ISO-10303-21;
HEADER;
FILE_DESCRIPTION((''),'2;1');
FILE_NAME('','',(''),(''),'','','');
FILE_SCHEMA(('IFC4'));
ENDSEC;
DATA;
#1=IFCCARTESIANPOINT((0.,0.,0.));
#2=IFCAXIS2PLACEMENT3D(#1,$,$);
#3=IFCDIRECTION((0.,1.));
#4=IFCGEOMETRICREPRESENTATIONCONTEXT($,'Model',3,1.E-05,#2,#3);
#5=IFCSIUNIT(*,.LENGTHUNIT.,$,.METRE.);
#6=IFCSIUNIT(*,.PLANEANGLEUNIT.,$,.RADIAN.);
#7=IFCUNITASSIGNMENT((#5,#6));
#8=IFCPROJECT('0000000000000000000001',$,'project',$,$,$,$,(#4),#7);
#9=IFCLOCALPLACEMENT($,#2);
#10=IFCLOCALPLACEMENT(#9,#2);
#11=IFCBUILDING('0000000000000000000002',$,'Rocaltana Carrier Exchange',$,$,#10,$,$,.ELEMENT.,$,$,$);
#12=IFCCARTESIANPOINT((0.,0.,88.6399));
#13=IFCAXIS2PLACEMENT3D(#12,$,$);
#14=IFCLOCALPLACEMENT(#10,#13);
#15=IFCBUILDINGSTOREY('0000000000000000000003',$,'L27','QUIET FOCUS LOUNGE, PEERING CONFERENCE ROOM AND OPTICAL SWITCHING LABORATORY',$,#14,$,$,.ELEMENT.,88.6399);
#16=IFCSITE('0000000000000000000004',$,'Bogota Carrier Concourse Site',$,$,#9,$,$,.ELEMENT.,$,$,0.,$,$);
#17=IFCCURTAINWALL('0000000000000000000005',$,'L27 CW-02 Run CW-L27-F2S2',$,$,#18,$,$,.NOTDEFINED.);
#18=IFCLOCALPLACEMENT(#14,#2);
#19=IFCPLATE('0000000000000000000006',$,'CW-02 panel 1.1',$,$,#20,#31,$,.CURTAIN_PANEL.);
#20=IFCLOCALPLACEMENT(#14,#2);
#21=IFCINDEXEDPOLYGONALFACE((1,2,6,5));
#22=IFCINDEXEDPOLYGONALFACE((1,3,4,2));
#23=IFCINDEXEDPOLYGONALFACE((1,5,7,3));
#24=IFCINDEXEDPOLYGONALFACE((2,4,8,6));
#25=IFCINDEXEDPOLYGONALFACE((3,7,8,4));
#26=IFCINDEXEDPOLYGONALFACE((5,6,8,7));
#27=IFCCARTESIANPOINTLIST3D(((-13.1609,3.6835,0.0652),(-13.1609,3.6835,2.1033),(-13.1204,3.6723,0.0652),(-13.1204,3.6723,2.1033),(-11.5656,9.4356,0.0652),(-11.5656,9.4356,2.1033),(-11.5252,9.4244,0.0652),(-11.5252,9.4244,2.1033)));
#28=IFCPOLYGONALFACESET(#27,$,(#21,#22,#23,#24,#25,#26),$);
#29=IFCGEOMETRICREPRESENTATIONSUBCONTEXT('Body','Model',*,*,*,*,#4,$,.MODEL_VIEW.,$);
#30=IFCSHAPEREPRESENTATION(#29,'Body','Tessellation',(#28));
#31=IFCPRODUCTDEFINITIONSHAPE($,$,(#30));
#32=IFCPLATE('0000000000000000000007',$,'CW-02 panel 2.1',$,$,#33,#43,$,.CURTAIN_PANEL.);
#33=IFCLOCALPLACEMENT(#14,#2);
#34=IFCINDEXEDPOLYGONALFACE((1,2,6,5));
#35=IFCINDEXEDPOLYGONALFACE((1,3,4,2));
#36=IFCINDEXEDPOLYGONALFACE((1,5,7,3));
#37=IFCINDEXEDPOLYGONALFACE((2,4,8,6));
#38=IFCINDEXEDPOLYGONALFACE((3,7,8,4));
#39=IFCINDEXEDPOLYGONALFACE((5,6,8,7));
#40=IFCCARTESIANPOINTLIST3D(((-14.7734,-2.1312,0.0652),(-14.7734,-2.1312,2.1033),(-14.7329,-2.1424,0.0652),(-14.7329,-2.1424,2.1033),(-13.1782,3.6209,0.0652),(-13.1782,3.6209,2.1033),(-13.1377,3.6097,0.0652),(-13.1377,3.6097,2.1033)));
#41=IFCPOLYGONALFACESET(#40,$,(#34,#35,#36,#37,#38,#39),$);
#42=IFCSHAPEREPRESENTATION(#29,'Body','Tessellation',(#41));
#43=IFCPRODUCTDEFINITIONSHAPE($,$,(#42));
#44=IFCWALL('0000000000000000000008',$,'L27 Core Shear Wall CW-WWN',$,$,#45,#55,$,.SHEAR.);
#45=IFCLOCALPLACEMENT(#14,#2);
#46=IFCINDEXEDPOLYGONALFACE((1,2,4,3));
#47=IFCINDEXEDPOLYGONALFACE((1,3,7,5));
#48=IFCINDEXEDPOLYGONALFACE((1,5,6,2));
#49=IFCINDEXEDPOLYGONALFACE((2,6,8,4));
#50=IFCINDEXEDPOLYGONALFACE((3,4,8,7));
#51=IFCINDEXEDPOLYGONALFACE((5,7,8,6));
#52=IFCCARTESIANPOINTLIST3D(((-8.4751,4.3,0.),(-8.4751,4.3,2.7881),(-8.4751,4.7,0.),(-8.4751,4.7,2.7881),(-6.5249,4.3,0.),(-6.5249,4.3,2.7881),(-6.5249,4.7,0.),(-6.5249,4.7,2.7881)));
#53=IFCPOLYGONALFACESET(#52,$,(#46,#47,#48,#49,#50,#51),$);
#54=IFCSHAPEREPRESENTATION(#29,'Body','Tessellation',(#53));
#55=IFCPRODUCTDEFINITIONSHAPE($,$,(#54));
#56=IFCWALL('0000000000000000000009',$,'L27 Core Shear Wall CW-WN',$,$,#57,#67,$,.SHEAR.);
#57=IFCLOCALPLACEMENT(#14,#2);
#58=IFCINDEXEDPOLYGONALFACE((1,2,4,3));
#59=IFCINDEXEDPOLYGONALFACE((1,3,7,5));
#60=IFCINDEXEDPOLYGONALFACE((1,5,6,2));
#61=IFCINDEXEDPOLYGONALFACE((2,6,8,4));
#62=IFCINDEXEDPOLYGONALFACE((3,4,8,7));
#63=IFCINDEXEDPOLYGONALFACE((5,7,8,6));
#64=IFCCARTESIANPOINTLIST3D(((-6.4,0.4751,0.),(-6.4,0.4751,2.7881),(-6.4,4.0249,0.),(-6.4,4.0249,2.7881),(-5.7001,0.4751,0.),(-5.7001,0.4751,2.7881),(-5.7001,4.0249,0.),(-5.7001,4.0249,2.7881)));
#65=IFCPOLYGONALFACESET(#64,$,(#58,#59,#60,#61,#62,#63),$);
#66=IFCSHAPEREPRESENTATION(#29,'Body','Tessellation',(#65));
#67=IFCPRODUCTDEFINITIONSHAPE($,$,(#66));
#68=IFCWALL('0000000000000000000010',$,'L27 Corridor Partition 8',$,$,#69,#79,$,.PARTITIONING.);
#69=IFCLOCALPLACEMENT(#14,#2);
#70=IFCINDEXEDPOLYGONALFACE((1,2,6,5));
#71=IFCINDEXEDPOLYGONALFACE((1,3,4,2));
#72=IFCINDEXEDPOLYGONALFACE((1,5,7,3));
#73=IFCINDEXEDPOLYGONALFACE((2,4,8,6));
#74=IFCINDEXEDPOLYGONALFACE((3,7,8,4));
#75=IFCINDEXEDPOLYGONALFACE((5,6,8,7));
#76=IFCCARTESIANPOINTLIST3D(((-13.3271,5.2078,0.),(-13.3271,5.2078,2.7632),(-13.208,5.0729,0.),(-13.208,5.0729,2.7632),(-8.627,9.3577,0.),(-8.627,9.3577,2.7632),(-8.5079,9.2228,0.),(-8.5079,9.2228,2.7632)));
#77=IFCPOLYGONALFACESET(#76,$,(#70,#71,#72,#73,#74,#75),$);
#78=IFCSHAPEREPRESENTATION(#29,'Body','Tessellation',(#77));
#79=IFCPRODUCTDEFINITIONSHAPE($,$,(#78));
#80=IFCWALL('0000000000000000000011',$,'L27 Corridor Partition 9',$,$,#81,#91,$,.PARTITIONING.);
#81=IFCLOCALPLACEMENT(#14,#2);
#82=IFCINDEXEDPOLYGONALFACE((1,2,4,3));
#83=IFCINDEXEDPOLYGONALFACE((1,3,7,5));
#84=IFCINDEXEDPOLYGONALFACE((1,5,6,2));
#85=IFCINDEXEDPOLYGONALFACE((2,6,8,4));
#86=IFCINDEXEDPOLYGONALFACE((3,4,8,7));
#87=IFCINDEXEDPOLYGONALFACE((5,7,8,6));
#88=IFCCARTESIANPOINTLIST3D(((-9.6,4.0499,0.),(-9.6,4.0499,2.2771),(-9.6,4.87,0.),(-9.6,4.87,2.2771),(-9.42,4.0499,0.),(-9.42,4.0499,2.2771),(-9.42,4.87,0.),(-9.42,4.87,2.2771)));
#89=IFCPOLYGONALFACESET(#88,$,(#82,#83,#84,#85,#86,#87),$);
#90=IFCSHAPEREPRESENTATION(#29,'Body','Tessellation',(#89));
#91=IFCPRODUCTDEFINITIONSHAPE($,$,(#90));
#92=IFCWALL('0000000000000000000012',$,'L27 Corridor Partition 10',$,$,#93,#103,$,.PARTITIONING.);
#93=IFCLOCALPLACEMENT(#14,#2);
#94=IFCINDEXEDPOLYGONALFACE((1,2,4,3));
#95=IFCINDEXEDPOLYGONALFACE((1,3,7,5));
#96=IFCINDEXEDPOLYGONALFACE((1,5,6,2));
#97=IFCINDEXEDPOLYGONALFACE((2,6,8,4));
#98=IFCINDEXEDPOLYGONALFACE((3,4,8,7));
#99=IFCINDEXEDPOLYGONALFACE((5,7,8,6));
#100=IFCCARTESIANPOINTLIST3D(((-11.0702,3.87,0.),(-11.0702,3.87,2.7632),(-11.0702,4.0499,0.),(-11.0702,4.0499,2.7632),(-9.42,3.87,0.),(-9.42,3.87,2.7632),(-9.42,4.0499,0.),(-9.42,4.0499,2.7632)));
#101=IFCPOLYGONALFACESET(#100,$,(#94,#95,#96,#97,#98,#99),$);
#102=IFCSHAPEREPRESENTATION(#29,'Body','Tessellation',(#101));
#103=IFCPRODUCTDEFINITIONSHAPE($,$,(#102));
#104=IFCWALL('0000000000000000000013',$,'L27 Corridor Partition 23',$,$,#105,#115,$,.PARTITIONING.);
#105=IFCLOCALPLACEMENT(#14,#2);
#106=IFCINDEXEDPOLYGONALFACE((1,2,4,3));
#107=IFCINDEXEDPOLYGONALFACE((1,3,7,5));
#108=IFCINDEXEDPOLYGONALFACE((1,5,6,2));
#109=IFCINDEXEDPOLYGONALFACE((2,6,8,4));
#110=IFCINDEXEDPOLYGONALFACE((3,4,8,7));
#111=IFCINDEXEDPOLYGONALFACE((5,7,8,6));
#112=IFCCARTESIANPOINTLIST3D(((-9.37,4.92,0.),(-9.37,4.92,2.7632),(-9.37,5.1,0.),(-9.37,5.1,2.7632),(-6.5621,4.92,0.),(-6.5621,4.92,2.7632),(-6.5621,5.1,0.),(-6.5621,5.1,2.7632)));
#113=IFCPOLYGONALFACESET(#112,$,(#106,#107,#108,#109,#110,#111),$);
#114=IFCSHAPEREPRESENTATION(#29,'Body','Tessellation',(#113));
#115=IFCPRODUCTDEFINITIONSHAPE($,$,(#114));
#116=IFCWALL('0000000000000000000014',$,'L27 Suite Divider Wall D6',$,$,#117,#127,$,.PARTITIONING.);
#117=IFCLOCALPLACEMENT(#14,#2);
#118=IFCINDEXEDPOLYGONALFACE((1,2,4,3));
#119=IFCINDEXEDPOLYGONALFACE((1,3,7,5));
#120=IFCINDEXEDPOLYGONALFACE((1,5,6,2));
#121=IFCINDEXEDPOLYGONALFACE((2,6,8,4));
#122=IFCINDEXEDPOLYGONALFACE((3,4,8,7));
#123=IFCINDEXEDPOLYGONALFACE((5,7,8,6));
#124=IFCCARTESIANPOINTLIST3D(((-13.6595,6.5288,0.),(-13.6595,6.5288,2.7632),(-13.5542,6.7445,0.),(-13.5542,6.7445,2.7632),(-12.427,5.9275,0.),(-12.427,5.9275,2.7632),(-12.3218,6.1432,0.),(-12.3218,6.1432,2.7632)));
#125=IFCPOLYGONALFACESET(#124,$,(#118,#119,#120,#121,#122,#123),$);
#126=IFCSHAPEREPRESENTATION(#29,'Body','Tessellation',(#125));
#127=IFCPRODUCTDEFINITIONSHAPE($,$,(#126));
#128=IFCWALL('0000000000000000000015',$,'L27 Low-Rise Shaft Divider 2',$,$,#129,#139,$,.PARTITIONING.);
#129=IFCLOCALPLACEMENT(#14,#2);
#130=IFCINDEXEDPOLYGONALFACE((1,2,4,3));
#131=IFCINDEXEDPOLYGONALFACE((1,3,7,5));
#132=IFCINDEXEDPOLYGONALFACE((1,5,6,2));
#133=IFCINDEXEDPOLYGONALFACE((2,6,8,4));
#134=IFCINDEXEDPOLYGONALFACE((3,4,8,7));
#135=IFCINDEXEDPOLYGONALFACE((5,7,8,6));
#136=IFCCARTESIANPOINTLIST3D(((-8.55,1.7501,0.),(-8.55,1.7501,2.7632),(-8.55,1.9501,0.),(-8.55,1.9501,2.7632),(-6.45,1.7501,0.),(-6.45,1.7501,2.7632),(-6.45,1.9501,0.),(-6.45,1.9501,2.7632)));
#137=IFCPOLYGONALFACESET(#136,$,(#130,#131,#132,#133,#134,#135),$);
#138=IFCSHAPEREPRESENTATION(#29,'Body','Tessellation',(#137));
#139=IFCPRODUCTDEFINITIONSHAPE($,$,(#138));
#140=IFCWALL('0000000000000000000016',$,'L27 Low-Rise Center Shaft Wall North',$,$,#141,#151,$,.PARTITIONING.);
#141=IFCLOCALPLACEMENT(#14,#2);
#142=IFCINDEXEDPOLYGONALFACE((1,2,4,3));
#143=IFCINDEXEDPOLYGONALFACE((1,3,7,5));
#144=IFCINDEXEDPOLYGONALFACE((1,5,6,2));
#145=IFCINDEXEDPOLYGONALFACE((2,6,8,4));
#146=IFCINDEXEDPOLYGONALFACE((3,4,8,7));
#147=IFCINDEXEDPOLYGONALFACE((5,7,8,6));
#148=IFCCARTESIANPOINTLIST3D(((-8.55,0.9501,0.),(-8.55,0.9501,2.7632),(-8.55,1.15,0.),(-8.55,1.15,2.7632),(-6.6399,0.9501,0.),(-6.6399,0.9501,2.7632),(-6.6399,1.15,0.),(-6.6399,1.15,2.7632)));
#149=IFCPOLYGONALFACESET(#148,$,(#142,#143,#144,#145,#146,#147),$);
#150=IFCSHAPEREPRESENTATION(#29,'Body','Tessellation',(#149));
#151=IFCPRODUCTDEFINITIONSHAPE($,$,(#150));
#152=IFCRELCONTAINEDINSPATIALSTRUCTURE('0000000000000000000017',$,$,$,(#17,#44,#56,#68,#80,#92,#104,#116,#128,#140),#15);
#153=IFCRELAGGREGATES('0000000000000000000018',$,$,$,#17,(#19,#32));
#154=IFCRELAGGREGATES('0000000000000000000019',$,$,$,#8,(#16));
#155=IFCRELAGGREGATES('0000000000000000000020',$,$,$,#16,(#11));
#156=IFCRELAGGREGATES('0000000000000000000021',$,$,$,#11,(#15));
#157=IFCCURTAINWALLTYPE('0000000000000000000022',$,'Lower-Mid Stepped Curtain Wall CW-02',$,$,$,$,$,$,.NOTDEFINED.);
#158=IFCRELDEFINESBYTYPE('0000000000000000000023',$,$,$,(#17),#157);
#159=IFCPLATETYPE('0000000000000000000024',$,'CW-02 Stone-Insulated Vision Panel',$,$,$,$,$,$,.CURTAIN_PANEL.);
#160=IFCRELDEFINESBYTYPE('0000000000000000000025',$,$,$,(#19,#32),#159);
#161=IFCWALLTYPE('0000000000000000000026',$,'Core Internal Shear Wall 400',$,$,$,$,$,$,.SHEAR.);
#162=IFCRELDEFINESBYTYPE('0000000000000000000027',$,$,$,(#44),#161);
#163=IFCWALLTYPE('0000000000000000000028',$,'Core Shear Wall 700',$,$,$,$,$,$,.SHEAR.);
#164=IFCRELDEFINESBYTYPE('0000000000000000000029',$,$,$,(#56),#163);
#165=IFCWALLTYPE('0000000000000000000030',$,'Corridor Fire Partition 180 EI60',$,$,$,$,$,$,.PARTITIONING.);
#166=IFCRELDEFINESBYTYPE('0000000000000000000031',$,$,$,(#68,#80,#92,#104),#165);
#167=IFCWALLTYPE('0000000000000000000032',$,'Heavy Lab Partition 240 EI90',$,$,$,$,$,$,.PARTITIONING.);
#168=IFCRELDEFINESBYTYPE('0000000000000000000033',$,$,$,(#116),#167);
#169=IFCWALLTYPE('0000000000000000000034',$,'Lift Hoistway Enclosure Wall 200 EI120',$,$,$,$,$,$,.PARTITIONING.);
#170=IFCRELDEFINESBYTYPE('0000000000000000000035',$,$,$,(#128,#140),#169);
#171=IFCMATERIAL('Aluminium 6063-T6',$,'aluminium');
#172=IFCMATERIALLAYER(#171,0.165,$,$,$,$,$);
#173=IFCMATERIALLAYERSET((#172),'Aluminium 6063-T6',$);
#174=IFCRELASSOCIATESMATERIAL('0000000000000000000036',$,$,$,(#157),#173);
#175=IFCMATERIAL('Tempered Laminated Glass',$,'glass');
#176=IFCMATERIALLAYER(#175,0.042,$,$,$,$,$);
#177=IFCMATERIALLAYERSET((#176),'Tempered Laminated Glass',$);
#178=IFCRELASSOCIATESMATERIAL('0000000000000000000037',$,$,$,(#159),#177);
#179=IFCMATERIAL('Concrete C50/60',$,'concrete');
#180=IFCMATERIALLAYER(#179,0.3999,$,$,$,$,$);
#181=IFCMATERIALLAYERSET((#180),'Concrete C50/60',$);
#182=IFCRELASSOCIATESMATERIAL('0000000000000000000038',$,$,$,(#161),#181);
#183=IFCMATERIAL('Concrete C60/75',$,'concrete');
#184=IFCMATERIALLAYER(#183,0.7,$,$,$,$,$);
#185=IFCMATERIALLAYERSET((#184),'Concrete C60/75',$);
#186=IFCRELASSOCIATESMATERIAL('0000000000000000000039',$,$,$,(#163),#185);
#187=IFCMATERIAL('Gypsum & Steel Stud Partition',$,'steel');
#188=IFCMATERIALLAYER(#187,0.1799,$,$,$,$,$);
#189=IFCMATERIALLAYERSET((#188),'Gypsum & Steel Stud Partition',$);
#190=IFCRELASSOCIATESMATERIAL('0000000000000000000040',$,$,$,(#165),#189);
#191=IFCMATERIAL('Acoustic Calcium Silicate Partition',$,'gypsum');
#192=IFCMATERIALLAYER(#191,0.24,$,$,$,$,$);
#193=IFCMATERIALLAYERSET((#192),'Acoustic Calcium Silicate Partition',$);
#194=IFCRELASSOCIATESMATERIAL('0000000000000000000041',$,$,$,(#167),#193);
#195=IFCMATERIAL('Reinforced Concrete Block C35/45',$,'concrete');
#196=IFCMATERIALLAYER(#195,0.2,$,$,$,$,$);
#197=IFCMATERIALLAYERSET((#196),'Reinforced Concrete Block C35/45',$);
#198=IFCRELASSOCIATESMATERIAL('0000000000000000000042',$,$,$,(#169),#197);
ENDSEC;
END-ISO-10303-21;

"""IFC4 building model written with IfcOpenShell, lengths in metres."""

from ifc_helpers import new_model, si_unit, direction, frame, frame_2d, origin, origin_2d, place, context, subcontext, project, spatial, rectangle, extrude, material, layer, layer_set, type_object, element, aggregate, save


model = new_model("IFC4")

# Units and contexts
model_context = context("Model", 3, precision=1e-05, world=origin(), true_north=direction((0.0, 1.0)))
body_context = subcontext(model_context, "Body", "Model", "MODEL_VIEW")
ifc_project = project(units=[si_unit("LENGTHUNIT", "METRE"), si_unit("PLANEANGLEUNIT", "RADIAN")], contexts=[model_context])

# Site, building, storey
site_placement = place(None, origin())
site = spatial("IfcSite", under=ifc_project, at=site_placement, Name="Bogota Carrier Concourse Site", CompositionType="ELEMENT", RefElevation=0.0)
building_placement = place(site_placement, origin())
building = spatial("IfcBuilding", under=site, at=building_placement, Name="Rocaltana Carrier Exchange", CompositionType="ELEMENT")
storey_placement = place(building_placement, frame((0.0, 0.0, 88.6399)))
storey = spatial("IfcBuildingStorey", under=building, at=storey_placement, Name="L27", Description="QUIET FOCUS LOUNGE, PEERING CONFERENCE ROOM AND OPTICAL SWITCHING LABORATORY", CompositionType="ELEMENT", Elevation=88.6399)

# Curtain wall
ifc_material_1 = material(Name="Aluminium 6063-T6", Category="aluminium")
ifc_layer_1 = layer(ifc_material_1, 0.165)
ifc_layer_set_1 = layer_set([ifc_layer_1], Name="Aluminium 6063-T6")
curtain_wall_type = type_object("IfcCurtainWallType", Name="Lower-Mid Stepped Curtain Wall CW-02", PredefinedType="NOTDEFINED", material=ifc_layer_set_1)
curtain_wall_placement = place(storey_placement, origin())
curtain_wall = element("IfcCurtainWall", 1, at=curtain_wall_placement, inside=storey, type_object=curtain_wall_type, Name="L27 CW-02 Run CW-L27-F2S2", PredefinedType="NOTDEFINED")

# Plates
ifc_material_2 = material(Name="Tempered Laminated Glass", Category="glass")
ifc_layer_2 = layer(ifc_material_2, 0.042)
ifc_layer_set_2 = layer_set([ifc_layer_2], Name="Tempered Laminated Glass")
plate_type = type_object("IfcPlateType", Name="CW-02 Stone-Insulated Vision Panel", PredefinedType="CURTAIN_PANEL", material=ifc_layer_set_2)
plate_1_placement = place(storey_placement, frame((-12.343, 6.554, 0.0652), z_axis=(0.0, 0.0, 1.0), x_axis=(-0.267238, -0.963631, 0.0)))
plate_1 = element("IfcPlate", 2, at=plate_1_placement, type_object=plate_type, Name="CW-02 panel 1.1", PredefinedType="CURTAIN_PANEL", context=body_context, shape_type="SweptSolid", body=[
    extrude(rectangle(XDim=5.9692, YDim=0.042, at=origin_2d()), origin(), (0.0, 0.0, 1.0), 2.0381),
])
plate_2_placement = place(storey_placement, frame((-13.9556, 0.7393, 0.0652), z_axis=(0.0, 0.0, 1.0), x_axis=(-0.267238, -0.963631, 0.0)))
plate_2 = element("IfcPlate", 3, at=plate_2_placement, type_object=plate_type, Name="CW-02 panel 2.1", PredefinedType="CURTAIN_PANEL", context=body_context, shape_type="SweptSolid", body=[
    extrude(rectangle(XDim=5.9692, YDim=0.042, at=origin_2d()), origin(), (0.0, 0.0, 1.0), 2.0381),
])
aggregate(curtain_wall, [plate_1, plate_2])

# Walls
ifc_material_3 = material(Name="Concrete C50/60", Category="concrete")
ifc_layer_3 = layer(ifc_material_3, 0.3999)
ifc_layer_set_3 = layer_set([ifc_layer_3], Name="Concrete C50/60")
wall_type_1 = type_object("IfcWallType", Name="Core Internal Shear Wall 400", PredefinedType="SHEAR", material=ifc_layer_set_3)
wall_1_placement = place(storey_placement, frame((-8.4751, 4.5, 0.0), z_axis=(0.0, 0.0, 1.0), x_axis=(1.0, 0.0, 0.0)))
element("IfcWall", 4, at=wall_1_placement, inside=storey, type_object=wall_type_1, Name="L27 Core Shear Wall CW-WWN", PredefinedType="SHEAR", context=body_context, shape_type="SweptSolid", body=[
    extrude(rectangle(XDim=1.9502, YDim=0.3999, at=frame_2d((0.9751, 0.0))), origin(), (0.0, 0.0, 1.0), 2.7881),
])
ifc_material_4 = material(Name="Concrete C60/75", Category="concrete")
ifc_layer_4 = layer(ifc_material_4, 0.7)
ifc_layer_set_4 = layer_set([ifc_layer_4], Name="Concrete C60/75")
wall_type_2 = type_object("IfcWallType", Name="Core Shear Wall 700", PredefinedType="SHEAR", material=ifc_layer_set_4)
wall_2_placement = place(storey_placement, frame((-6.05, 0.4751, 0.0), z_axis=(0.0, 0.0, 1.0), x_axis=(0.0, 1.0, 0.0)))
element("IfcWall", 5, at=wall_2_placement, inside=storey, type_object=wall_type_2, Name="L27 Core Shear Wall CW-WN", PredefinedType="SHEAR", context=body_context, shape_type="SweptSolid", body=[
    extrude(rectangle(XDim=3.5498, YDim=0.7, at=frame_2d((1.7749, 0.0))), origin(), (0.0, 0.0, 1.0), 2.7881),
])
ifc_material_5 = material(Name="Gypsum & Steel Stud Partition", Category="steel")
ifc_layer_5 = layer(ifc_material_5, 0.1799)
ifc_layer_set_5 = layer_set([ifc_layer_5], Name="Gypsum & Steel Stud Partition")
wall_type_3 = type_object("IfcWallType", Name="Corridor Fire Partition 180 EI60", PredefinedType="PARTITIONING", material=ifc_layer_set_5)
wall_3_placement = place(storey_placement, frame((-13.2676, 5.1404, 0.0), z_axis=(0.0, 0.0, 1.0), x_axis=(0.749626, 0.661861, 0.0)))
element("IfcWall", 6, at=wall_3_placement, inside=storey, type_object=wall_type_3, Name="L27 Corridor Partition 8", PredefinedType="PARTITIONING", context=body_context, shape_type="SweptSolid", body=[
    extrude(rectangle(XDim=6.27, YDim=0.1799, at=frame_2d((3.135, 0.0))), origin(), (0.0, 0.0, 1.0), 2.7632),
])
wall_4_placement = place(storey_placement, frame((-9.51, 4.8701, 0.0), z_axis=(0.0, 0.0, 1.0), x_axis=(0.0, -1.0, 0.0)))
element("IfcWall", 7, at=wall_4_placement, inside=storey, type_object=wall_type_3, Name="L27 Corridor Partition 9", PredefinedType="PARTITIONING", context=body_context, shape_type="SweptSolid", body=[
    extrude(rectangle(XDim=0.8201, YDim=0.1799, at=frame_2d((0.4102, 0.0))), origin(), (0.0, 0.0, 1.0), 2.2771),
])
wall_5_placement = place(storey_placement, frame((-9.4199, 3.96, 0.0), z_axis=(0.0, 0.0, 1.0), x_axis=(-1.0, 0.0, 0.0)))
element("IfcWall", 8, at=wall_5_placement, inside=storey, type_object=wall_type_3, Name="L27 Corridor Partition 10", PredefinedType="PARTITIONING", context=body_context, shape_type="SweptSolid", body=[
    extrude(rectangle(XDim=1.6501, YDim=0.1799, at=frame_2d((0.8252, 0.0))), origin(), (0.0, 0.0, 1.0), 2.7632),
])
wall_6_placement = place(storey_placement, frame((-6.5623, 5.01, 0.0), z_axis=(0.0, 0.0, 1.0), x_axis=(-1.0, 0.0, 0.0)))
element("IfcWall", 9, at=wall_6_placement, inside=storey, type_object=wall_type_3, Name="L27 Corridor Partition 23", PredefinedType="PARTITIONING", context=body_context, shape_type="SweptSolid", body=[
    extrude(rectangle(XDim=2.8079, YDim=0.1799, at=frame_2d((1.4038, 0.0))), origin(), (0.0, 0.0, 1.0), 2.7632),
])
ifc_material_6 = material(Name="Acoustic Calcium Silicate Partition", Category="gypsum")
ifc_layer_6 = layer(ifc_material_6, 0.24)
ifc_layer_set_6 = layer_set([ifc_layer_6], Name="Acoustic Calcium Silicate Partition")
wall_type_4 = type_object("IfcWallType", Name="Heavy Lab Partition 240 EI90", PredefinedType="PARTITIONING", material=ifc_layer_set_6)
wall_7_placement = place(storey_placement, frame((-12.3745, 6.0354, 0.0), z_axis=(0.0, 0.0, 1.0), x_axis=(-0.898729, 0.438504, 0.0)))
element("IfcWall", 10, at=wall_7_placement, inside=storey, type_object=wall_type_4, Name="L27 Suite Divider Wall D6", PredefinedType="PARTITIONING", context=body_context, shape_type="SweptSolid", body=[
    extrude(rectangle(XDim=1.3713, YDim=0.24, at=frame_2d((0.6855, 0.0))), origin(), (0.0, 0.0, 1.0), 2.7632),
])
ifc_material_7 = material(Name="Reinforced Concrete Block C35/45", Category="concrete")
ifc_layer_7 = layer(ifc_material_7, 0.2)
ifc_layer_set_7 = layer_set([ifc_layer_7], Name="Reinforced Concrete Block C35/45")
wall_type_5 = type_object("IfcWallType", Name="Lift Hoistway Enclosure Wall 200 EI120", PredefinedType="PARTITIONING", material=ifc_layer_set_7)
wall_8_placement = place(storey_placement, frame((-8.55, 1.8501, 0.0), z_axis=(0.0, 0.0, 1.0), x_axis=(1.0, 0.0, 0.0)))
element("IfcWall", 11, at=wall_8_placement, inside=storey, type_object=wall_type_5, Name="L27 Low-Rise Shaft Divider 2", PredefinedType="PARTITIONING", context=body_context, shape_type="SweptSolid", body=[
    extrude(rectangle(XDim=2.1001, YDim=0.2, at=frame_2d((1.05, 0.0))), origin(), (0.0, 0.0, 1.0), 2.7632),
])
wall_9_placement = place(storey_placement, frame((-8.55, 1.05, 0.0), z_axis=(0.0, 0.0, 1.0), x_axis=(1.0, 0.0, 0.0)))
element("IfcWall", 12, at=wall_9_placement, inside=storey, type_object=wall_type_5, Name="L27 Low-Rise Center Shaft Wall North", PredefinedType="PARTITIONING", context=body_context, shape_type="SweptSolid", body=[
    extrude(rectangle(XDim=1.9102, YDim=0.2, at=frame_2d((0.9551, 0.0))), origin(), (0.0, 0.0, 1.0), 2.7632),
])

save(model, "model.ifc")
